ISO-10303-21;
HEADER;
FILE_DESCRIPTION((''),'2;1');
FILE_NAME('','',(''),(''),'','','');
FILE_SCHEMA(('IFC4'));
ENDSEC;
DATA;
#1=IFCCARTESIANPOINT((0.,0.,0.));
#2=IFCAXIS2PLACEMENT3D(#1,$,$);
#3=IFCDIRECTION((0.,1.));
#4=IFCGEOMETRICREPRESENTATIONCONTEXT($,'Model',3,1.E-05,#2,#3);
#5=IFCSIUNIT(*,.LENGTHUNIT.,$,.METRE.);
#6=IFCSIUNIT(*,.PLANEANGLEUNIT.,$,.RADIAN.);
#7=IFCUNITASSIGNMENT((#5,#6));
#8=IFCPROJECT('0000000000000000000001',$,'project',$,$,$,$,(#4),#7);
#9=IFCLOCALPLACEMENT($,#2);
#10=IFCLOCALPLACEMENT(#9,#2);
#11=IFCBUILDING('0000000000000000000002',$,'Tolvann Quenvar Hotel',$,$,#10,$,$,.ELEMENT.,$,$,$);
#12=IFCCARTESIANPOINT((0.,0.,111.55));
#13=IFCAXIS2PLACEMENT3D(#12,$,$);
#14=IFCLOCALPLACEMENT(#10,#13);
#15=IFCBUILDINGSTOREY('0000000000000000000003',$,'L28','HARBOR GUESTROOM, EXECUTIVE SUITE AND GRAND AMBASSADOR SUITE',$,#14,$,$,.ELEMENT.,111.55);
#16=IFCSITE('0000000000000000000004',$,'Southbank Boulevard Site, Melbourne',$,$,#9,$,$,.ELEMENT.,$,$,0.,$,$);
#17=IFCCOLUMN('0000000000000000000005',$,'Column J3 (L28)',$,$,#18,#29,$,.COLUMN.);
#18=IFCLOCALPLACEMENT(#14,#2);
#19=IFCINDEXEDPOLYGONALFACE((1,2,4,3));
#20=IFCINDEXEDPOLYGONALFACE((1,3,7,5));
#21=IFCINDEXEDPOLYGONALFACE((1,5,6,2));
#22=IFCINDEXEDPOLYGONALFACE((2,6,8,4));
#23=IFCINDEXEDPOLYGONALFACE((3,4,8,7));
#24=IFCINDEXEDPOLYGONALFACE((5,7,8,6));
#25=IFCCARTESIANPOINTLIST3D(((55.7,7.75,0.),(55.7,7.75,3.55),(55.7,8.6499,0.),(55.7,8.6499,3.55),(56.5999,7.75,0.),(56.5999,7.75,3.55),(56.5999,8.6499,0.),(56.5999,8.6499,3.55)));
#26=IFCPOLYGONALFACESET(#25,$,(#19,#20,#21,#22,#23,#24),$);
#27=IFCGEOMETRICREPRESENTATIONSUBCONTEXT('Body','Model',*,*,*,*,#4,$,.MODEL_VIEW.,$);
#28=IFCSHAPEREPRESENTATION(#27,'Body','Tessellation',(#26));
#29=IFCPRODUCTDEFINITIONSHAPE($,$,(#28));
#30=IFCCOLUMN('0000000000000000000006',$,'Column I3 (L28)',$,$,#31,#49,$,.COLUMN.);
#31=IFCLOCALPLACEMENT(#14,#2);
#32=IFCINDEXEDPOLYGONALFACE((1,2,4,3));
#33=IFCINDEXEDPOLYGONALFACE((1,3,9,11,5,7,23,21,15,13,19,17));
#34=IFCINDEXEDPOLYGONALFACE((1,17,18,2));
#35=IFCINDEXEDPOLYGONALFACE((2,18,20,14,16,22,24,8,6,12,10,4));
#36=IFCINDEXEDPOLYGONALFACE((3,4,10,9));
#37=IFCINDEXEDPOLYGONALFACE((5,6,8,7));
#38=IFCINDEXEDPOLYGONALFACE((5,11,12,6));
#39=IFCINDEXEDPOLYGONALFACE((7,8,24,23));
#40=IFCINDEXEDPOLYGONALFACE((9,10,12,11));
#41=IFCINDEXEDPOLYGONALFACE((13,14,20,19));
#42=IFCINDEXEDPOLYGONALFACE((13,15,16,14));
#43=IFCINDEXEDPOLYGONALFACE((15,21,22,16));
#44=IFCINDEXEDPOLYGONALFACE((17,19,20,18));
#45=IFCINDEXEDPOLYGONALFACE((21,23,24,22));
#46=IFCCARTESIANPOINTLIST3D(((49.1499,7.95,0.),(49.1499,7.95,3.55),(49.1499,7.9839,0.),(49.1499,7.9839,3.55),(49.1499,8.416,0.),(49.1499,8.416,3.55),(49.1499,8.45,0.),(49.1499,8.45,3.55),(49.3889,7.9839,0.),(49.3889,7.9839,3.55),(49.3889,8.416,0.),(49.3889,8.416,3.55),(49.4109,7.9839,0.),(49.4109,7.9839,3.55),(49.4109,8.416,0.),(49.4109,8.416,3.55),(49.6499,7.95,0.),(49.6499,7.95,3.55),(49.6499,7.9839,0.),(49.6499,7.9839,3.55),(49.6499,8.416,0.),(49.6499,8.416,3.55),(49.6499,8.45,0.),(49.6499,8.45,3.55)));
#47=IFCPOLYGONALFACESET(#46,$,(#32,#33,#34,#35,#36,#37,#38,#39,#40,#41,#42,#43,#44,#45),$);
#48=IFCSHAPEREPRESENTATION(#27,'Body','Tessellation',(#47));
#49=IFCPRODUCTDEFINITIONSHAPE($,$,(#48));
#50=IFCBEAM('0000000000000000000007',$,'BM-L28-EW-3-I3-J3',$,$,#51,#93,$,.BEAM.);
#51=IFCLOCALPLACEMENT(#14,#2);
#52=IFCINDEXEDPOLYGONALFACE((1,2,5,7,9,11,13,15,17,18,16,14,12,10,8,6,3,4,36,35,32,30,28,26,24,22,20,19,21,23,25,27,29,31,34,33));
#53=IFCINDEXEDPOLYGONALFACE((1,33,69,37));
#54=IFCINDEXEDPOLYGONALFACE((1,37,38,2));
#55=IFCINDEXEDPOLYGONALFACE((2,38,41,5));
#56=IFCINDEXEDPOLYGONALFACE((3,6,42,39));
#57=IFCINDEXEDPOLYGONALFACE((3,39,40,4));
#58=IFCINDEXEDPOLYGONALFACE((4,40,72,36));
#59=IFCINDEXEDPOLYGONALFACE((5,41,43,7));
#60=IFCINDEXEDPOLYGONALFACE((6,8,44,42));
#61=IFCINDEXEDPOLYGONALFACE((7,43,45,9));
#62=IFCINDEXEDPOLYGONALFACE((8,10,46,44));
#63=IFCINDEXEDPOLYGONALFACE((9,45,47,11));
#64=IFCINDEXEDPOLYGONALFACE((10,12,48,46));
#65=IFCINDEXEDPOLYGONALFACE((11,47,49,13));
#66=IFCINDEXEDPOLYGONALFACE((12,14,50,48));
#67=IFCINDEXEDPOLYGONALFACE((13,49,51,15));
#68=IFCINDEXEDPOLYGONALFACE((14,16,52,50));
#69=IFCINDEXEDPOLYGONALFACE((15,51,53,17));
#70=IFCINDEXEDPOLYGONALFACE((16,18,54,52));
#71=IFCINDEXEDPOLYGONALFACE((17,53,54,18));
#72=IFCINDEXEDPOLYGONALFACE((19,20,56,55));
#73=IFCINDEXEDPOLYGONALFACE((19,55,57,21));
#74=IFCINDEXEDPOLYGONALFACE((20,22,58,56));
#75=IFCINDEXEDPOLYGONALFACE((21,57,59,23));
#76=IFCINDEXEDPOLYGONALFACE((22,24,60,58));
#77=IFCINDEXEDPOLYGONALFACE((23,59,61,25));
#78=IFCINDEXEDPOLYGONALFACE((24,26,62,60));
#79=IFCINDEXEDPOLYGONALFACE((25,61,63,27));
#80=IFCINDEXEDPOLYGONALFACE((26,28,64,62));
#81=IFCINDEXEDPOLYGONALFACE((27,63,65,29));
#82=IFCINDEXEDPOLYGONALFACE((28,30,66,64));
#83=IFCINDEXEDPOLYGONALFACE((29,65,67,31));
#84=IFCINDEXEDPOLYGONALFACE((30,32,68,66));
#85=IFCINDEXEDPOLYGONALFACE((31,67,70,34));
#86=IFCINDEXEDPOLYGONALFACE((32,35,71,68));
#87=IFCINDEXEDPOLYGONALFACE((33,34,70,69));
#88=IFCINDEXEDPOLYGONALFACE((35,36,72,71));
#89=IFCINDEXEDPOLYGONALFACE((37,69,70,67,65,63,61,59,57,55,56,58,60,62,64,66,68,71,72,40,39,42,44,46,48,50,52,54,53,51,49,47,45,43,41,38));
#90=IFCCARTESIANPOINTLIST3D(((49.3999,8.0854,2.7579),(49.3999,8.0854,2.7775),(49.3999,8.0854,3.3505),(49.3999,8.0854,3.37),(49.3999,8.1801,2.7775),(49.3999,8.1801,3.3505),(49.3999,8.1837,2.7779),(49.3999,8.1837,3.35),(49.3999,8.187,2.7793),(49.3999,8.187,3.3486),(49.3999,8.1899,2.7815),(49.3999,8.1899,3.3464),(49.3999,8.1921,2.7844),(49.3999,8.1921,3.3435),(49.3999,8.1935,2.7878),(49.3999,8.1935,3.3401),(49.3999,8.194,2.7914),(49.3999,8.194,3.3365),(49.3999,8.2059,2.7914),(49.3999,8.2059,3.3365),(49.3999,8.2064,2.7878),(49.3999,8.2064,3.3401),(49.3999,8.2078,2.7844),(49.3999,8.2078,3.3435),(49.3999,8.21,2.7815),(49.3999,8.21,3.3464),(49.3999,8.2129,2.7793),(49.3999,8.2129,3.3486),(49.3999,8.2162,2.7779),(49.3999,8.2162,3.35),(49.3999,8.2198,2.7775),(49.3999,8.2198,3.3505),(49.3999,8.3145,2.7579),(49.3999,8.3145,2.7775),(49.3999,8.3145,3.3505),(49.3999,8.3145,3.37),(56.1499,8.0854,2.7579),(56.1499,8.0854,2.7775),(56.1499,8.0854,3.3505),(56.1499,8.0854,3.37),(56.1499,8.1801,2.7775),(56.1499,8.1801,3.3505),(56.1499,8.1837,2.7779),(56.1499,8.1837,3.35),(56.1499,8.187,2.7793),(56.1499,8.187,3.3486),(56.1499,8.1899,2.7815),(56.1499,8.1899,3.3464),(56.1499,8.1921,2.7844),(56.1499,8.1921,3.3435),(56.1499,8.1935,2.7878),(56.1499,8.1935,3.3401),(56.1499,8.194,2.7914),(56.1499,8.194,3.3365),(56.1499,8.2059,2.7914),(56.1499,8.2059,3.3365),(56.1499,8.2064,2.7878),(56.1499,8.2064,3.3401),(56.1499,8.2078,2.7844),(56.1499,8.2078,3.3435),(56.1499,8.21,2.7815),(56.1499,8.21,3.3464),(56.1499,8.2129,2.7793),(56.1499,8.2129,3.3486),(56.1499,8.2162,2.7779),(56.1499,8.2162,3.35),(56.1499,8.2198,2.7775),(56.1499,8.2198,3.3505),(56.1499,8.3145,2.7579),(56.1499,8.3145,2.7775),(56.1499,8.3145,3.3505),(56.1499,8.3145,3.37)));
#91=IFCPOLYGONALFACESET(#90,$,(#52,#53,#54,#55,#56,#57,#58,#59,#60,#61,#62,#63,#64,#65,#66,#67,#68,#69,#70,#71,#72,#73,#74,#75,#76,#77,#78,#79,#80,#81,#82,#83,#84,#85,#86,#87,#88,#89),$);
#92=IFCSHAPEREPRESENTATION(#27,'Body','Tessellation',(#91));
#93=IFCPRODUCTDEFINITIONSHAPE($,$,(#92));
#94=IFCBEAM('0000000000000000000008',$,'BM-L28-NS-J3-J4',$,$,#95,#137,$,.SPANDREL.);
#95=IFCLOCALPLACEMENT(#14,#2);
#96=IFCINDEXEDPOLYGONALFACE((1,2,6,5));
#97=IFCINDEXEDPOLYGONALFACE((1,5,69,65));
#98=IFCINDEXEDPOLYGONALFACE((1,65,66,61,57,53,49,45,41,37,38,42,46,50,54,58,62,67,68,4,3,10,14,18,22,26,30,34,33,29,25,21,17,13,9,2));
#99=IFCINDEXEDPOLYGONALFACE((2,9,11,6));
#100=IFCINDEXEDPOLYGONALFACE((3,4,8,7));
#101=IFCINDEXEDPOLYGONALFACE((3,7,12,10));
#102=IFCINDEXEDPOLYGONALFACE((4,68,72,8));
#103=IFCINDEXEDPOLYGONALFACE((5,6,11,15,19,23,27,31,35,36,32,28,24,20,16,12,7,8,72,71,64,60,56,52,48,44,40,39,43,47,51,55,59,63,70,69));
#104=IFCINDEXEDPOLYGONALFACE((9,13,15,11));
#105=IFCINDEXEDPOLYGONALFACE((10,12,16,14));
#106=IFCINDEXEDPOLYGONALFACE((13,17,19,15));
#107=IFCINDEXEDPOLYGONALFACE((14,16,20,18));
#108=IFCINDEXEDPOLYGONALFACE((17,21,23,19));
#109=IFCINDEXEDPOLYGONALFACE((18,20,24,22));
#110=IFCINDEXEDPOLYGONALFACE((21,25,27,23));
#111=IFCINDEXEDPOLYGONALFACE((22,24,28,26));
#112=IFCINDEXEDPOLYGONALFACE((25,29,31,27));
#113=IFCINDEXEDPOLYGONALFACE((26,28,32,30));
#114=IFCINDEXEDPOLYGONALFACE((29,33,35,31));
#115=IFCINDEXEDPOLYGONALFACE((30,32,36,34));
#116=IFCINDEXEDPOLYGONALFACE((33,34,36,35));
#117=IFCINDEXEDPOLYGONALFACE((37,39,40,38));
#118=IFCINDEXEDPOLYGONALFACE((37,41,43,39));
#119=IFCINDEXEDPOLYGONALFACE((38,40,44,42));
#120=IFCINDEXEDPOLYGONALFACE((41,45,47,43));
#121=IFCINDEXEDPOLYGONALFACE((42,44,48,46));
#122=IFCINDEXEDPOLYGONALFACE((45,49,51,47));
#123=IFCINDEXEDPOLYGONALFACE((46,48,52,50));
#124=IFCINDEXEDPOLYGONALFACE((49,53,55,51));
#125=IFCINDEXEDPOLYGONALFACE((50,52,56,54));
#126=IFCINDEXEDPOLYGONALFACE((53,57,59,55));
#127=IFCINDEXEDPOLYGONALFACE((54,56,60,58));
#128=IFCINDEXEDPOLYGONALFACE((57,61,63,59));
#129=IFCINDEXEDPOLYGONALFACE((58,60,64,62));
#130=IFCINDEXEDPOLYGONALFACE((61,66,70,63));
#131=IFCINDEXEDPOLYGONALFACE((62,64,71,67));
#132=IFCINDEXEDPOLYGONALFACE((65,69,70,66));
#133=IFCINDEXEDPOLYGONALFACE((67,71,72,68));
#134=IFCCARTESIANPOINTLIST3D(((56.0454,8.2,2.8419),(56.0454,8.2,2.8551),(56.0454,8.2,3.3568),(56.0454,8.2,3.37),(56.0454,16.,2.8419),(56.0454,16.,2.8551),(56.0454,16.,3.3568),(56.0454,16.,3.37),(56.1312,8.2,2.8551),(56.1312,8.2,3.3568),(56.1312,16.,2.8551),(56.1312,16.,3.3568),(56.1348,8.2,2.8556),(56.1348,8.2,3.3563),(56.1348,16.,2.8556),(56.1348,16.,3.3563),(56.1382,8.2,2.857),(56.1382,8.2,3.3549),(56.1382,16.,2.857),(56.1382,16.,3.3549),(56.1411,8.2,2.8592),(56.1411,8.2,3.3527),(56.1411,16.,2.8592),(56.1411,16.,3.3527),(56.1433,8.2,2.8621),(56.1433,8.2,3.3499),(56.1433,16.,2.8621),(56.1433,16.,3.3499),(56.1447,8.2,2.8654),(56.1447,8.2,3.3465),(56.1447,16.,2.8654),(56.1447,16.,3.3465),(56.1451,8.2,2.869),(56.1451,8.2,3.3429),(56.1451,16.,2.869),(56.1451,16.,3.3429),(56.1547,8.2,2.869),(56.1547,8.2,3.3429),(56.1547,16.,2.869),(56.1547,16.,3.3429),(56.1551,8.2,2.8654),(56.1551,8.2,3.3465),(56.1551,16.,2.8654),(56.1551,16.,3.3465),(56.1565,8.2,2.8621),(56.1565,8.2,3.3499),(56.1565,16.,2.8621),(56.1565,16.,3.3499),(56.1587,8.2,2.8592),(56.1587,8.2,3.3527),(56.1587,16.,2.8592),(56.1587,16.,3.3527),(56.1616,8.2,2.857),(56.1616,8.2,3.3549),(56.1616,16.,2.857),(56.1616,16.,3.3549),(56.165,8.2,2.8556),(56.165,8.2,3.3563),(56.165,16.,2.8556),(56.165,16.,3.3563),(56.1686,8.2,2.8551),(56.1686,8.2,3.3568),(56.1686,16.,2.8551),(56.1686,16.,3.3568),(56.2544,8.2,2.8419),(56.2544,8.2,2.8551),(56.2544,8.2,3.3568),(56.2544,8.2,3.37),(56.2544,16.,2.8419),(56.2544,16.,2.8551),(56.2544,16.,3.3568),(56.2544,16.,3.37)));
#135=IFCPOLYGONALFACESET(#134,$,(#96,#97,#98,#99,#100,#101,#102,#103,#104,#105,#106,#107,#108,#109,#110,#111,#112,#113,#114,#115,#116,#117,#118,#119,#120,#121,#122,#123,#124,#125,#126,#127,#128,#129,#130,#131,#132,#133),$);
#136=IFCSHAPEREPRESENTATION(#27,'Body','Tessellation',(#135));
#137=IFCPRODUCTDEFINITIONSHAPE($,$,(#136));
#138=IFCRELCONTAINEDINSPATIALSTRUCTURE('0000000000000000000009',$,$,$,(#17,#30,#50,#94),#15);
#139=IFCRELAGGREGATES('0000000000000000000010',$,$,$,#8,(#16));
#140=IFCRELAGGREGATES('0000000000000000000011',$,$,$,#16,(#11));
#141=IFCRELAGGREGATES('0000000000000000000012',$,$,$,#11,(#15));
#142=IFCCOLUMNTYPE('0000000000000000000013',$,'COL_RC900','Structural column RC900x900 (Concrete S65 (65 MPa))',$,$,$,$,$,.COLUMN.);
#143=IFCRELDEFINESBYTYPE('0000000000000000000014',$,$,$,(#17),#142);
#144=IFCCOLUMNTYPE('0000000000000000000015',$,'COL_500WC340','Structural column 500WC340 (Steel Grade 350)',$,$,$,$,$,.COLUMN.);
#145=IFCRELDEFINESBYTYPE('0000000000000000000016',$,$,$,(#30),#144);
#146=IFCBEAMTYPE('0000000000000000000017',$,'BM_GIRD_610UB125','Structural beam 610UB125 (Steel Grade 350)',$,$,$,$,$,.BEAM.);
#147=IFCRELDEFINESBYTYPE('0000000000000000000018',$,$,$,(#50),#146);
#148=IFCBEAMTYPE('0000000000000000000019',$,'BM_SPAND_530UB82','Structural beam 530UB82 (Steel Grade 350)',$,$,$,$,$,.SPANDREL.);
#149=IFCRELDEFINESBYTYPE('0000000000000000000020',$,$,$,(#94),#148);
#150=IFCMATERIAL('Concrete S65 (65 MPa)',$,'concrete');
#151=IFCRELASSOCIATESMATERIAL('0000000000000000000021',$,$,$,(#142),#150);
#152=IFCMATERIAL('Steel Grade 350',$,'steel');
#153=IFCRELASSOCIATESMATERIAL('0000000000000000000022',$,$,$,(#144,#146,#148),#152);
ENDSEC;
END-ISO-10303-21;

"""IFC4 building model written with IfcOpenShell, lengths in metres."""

from ifc_helpers import new_model, si_unit, direction, frame, origin, origin_2d, place, context, subcontext, project, spatial, rectangle, i_section, extrude, source, transform, mapped, material, material_profile, profile_set, type_object, type_shapes, element, save


model = new_model("IFC4")

# Units and contexts
model_context = context("Model", 3, precision=1e-05, world=origin(), true_north=direction((0.0, 1.0)))
body_context = subcontext(model_context, "Body", "Model", "MODEL_VIEW")
ifc_project = project(units=[si_unit("LENGTHUNIT", "METRE"), si_unit("PLANEANGLEUNIT", "RADIAN")], contexts=[model_context])

# Site, building, storey
site_placement = place(None, origin())
site = spatial("IfcSite", under=ifc_project, at=site_placement, Name="Southbank Boulevard Site, Melbourne", CompositionType="ELEMENT", RefElevation=0.0)
building_placement = place(site_placement, origin())
building = spatial("IfcBuilding", under=site, at=building_placement, Name="Tolvann Quenvar Hotel", CompositionType="ELEMENT")
storey_placement = place(building_placement, frame((0.0, 0.0, 111.55)))
storey = spatial("IfcBuildingStorey", under=building, at=storey_placement, Name="L28", Description="HARBOR GUESTROOM, EXECUTIVE SUITE AND GRAND AMBASSADOR SUITE", CompositionType="ELEMENT", Elevation=111.55)

# Columns
ifc_material_1 = material(Name="Concrete S65 (65 MPa)", Category="concrete")
ifc_material_profile_1 = material_profile(ifc_material_1, rectangle(XDim=0.8999, YDim=0.8999, at=origin_2d()), Name="RC900x900")
ifc_profile_set_1 = profile_set([ifc_material_profile_1], Name="Concrete S65 (65 MPa)")
column_type_1 = type_object("IfcColumnType", Name="COL_RC900", Description="Structural column RC900x900 (Concrete S65 (65 MPa))", PredefinedType="COLUMN", material=ifc_profile_set_1)
shared_shape_1 = source(origin(), body_context, "Body", "SweptSolid", [
    extrude(rectangle(XDim=0.8999, YDim=0.8999, at=origin_2d()), origin(), (0.0, 0.0, 1.0), 3.55),
])
type_shapes(column_type_1, [shared_shape_1])
column_1_placement = place(storey_placement, frame((56.1499, 8.2, 0.0), z_axis=(0.0, 0.0, 1.0), x_axis=(1.0, 0.0, 0.0)))
element("IfcColumn", 1, at=column_1_placement, inside=storey, type_object=column_type_1, Name="Column J3 (L28)", PredefinedType="COLUMN", context=body_context, shape_type="MappedRepresentation", body=[
    mapped(shared_shape_1, transform((0.0, 0.0, 0.0), x_axis=(1.0, 0.0, 0.0), y_axis=(0.0, 1.0, 0.0), z_axis=(0.0, 0.0, 1.0), scale=1.0)),
])
ifc_material_2 = material(Name="Steel Grade 350", Category="steel")
ifc_material_profile_2 = material_profile(ifc_material_2, i_section(OverallWidth=0.5, OverallDepth=0.5, WebThickness=0.022, FlangeThickness=0.0339, at=origin_2d()), Name="500WC340")
ifc_profile_set_2 = profile_set([ifc_material_profile_2], Name="Steel Grade 350")
column_type_2 = type_object("IfcColumnType", Name="COL_500WC340", Description="Structural column 500WC340 (Steel Grade 350)", PredefinedType="COLUMN", material=ifc_profile_set_2)
shared_shape_2 = source(origin(), body_context, "Body", "SweptSolid", [
    extrude(i_section(OverallWidth=0.5, OverallDepth=0.5, WebThickness=0.022, FlangeThickness=0.0339, at=origin_2d()), origin(), (0.0, 0.0, 1.0), 3.55),
])
type_shapes(column_type_2, [shared_shape_2])
column_2_placement = place(storey_placement, frame((49.3999, 8.2, 0.0), z_axis=(0.0, 0.0, 1.0), x_axis=(1.0, 0.0, 0.0)))
element("IfcColumn", 2, at=column_2_placement, inside=storey, type_object=column_type_2, Name="Column I3 (L28)", PredefinedType="COLUMN", context=body_context, shape_type="MappedRepresentation", body=[
    mapped(shared_shape_2, transform((0.0, 0.0, 0.0), x_axis=(1.0, 0.0, 0.0), y_axis=(0.0, 1.0, 0.0), z_axis=(0.0, 0.0, 1.0), scale=1.0)),
])

# Beams
ifc_material_profile_3 = material_profile(ifc_material_2, i_section(OverallWidth=0.229, OverallDepth=0.6121, WebThickness=0.012, FlangeThickness=0.0195, FilletRadius=0.0139, at=origin_2d()), Name="610UB125")
ifc_profile_set_3 = profile_set([ifc_material_profile_3], Name="Steel Grade 350")
beam_type_1 = type_object("IfcBeamType", Name="BM_GIRD_610UB125", Description="Structural beam 610UB125 (Steel Grade 350)", PredefinedType="BEAM", material=ifc_profile_set_3)
shared_shape_3 = source(origin(), body_context, "Body", "SweptSolid", [
    extrude(i_section(OverallWidth=0.229, OverallDepth=0.6121, WebThickness=0.012, FlangeThickness=0.0195, FilletRadius=0.0139, at=origin_2d()), origin(), (0.0, 0.0, 1.0), 6.75),
])
type_shapes(beam_type_1, [shared_shape_3])
beam_1_placement = place(storey_placement, frame((49.3999, 8.2, 3.064), z_axis=(1.0, 0.0, 0.0), x_axis=(0.0, 1.0, 0.0)))
element("IfcBeam", 3, at=beam_1_placement, inside=storey, type_object=beam_type_1, Name="BM-L28-EW-3-I3-J3", PredefinedType="BEAM", context=body_context, shape_type="MappedRepresentation", body=[
    mapped(shared_shape_3, transform((0.0, 0.0, 0.0), x_axis=(1.0, 0.0, 0.0), y_axis=(0.0, 1.0, 0.0), z_axis=(0.0, 0.0, 1.0), scale=1.0)),
])
ifc_material_profile_4 = material_profile(ifc_material_2, i_section(OverallWidth=0.209, OverallDepth=0.5281, WebThickness=0.0095, FlangeThickness=0.0132, FilletRadius=0.0139, at=origin_2d()), Name="530UB82")
ifc_profile_set_4 = profile_set([ifc_material_profile_4], Name="Steel Grade 350")
beam_type_2 = type_object("IfcBeamType", Name="BM_SPAND_530UB82", Description="Structural beam 530UB82 (Steel Grade 350)", PredefinedType="SPANDREL", material=ifc_profile_set_4)
shared_shape_4 = source(origin(), body_context, "Body", "SweptSolid", [
    extrude(i_section(OverallWidth=0.209, OverallDepth=0.5281, WebThickness=0.0095, FlangeThickness=0.0132, FilletRadius=0.0139, at=origin_2d()), origin(), (0.0, 0.0, 1.0), 7.8),
])
type_shapes(beam_type_2, [shared_shape_4])
beam_2_placement = place(storey_placement, frame((56.1499, 8.2, 3.106), z_axis=(0.0, 1.0, 0.0), x_axis=(-1.0, 0.0, 0.0)))
element("IfcBeam", 4, at=beam_2_placement, inside=storey, type_object=beam_type_2, Name="BM-L28-NS-J3-J4", PredefinedType="SPANDREL", context=body_context, shape_type="MappedRepresentation", body=[
    mapped(shared_shape_4, transform((0.0, 0.0, 0.0), x_axis=(1.0, 0.0, 0.0), y_axis=(0.0, 1.0, 0.0), z_axis=(0.0, 0.0, 1.0), scale=1.0)),
])

save(model, "model.ifc")
